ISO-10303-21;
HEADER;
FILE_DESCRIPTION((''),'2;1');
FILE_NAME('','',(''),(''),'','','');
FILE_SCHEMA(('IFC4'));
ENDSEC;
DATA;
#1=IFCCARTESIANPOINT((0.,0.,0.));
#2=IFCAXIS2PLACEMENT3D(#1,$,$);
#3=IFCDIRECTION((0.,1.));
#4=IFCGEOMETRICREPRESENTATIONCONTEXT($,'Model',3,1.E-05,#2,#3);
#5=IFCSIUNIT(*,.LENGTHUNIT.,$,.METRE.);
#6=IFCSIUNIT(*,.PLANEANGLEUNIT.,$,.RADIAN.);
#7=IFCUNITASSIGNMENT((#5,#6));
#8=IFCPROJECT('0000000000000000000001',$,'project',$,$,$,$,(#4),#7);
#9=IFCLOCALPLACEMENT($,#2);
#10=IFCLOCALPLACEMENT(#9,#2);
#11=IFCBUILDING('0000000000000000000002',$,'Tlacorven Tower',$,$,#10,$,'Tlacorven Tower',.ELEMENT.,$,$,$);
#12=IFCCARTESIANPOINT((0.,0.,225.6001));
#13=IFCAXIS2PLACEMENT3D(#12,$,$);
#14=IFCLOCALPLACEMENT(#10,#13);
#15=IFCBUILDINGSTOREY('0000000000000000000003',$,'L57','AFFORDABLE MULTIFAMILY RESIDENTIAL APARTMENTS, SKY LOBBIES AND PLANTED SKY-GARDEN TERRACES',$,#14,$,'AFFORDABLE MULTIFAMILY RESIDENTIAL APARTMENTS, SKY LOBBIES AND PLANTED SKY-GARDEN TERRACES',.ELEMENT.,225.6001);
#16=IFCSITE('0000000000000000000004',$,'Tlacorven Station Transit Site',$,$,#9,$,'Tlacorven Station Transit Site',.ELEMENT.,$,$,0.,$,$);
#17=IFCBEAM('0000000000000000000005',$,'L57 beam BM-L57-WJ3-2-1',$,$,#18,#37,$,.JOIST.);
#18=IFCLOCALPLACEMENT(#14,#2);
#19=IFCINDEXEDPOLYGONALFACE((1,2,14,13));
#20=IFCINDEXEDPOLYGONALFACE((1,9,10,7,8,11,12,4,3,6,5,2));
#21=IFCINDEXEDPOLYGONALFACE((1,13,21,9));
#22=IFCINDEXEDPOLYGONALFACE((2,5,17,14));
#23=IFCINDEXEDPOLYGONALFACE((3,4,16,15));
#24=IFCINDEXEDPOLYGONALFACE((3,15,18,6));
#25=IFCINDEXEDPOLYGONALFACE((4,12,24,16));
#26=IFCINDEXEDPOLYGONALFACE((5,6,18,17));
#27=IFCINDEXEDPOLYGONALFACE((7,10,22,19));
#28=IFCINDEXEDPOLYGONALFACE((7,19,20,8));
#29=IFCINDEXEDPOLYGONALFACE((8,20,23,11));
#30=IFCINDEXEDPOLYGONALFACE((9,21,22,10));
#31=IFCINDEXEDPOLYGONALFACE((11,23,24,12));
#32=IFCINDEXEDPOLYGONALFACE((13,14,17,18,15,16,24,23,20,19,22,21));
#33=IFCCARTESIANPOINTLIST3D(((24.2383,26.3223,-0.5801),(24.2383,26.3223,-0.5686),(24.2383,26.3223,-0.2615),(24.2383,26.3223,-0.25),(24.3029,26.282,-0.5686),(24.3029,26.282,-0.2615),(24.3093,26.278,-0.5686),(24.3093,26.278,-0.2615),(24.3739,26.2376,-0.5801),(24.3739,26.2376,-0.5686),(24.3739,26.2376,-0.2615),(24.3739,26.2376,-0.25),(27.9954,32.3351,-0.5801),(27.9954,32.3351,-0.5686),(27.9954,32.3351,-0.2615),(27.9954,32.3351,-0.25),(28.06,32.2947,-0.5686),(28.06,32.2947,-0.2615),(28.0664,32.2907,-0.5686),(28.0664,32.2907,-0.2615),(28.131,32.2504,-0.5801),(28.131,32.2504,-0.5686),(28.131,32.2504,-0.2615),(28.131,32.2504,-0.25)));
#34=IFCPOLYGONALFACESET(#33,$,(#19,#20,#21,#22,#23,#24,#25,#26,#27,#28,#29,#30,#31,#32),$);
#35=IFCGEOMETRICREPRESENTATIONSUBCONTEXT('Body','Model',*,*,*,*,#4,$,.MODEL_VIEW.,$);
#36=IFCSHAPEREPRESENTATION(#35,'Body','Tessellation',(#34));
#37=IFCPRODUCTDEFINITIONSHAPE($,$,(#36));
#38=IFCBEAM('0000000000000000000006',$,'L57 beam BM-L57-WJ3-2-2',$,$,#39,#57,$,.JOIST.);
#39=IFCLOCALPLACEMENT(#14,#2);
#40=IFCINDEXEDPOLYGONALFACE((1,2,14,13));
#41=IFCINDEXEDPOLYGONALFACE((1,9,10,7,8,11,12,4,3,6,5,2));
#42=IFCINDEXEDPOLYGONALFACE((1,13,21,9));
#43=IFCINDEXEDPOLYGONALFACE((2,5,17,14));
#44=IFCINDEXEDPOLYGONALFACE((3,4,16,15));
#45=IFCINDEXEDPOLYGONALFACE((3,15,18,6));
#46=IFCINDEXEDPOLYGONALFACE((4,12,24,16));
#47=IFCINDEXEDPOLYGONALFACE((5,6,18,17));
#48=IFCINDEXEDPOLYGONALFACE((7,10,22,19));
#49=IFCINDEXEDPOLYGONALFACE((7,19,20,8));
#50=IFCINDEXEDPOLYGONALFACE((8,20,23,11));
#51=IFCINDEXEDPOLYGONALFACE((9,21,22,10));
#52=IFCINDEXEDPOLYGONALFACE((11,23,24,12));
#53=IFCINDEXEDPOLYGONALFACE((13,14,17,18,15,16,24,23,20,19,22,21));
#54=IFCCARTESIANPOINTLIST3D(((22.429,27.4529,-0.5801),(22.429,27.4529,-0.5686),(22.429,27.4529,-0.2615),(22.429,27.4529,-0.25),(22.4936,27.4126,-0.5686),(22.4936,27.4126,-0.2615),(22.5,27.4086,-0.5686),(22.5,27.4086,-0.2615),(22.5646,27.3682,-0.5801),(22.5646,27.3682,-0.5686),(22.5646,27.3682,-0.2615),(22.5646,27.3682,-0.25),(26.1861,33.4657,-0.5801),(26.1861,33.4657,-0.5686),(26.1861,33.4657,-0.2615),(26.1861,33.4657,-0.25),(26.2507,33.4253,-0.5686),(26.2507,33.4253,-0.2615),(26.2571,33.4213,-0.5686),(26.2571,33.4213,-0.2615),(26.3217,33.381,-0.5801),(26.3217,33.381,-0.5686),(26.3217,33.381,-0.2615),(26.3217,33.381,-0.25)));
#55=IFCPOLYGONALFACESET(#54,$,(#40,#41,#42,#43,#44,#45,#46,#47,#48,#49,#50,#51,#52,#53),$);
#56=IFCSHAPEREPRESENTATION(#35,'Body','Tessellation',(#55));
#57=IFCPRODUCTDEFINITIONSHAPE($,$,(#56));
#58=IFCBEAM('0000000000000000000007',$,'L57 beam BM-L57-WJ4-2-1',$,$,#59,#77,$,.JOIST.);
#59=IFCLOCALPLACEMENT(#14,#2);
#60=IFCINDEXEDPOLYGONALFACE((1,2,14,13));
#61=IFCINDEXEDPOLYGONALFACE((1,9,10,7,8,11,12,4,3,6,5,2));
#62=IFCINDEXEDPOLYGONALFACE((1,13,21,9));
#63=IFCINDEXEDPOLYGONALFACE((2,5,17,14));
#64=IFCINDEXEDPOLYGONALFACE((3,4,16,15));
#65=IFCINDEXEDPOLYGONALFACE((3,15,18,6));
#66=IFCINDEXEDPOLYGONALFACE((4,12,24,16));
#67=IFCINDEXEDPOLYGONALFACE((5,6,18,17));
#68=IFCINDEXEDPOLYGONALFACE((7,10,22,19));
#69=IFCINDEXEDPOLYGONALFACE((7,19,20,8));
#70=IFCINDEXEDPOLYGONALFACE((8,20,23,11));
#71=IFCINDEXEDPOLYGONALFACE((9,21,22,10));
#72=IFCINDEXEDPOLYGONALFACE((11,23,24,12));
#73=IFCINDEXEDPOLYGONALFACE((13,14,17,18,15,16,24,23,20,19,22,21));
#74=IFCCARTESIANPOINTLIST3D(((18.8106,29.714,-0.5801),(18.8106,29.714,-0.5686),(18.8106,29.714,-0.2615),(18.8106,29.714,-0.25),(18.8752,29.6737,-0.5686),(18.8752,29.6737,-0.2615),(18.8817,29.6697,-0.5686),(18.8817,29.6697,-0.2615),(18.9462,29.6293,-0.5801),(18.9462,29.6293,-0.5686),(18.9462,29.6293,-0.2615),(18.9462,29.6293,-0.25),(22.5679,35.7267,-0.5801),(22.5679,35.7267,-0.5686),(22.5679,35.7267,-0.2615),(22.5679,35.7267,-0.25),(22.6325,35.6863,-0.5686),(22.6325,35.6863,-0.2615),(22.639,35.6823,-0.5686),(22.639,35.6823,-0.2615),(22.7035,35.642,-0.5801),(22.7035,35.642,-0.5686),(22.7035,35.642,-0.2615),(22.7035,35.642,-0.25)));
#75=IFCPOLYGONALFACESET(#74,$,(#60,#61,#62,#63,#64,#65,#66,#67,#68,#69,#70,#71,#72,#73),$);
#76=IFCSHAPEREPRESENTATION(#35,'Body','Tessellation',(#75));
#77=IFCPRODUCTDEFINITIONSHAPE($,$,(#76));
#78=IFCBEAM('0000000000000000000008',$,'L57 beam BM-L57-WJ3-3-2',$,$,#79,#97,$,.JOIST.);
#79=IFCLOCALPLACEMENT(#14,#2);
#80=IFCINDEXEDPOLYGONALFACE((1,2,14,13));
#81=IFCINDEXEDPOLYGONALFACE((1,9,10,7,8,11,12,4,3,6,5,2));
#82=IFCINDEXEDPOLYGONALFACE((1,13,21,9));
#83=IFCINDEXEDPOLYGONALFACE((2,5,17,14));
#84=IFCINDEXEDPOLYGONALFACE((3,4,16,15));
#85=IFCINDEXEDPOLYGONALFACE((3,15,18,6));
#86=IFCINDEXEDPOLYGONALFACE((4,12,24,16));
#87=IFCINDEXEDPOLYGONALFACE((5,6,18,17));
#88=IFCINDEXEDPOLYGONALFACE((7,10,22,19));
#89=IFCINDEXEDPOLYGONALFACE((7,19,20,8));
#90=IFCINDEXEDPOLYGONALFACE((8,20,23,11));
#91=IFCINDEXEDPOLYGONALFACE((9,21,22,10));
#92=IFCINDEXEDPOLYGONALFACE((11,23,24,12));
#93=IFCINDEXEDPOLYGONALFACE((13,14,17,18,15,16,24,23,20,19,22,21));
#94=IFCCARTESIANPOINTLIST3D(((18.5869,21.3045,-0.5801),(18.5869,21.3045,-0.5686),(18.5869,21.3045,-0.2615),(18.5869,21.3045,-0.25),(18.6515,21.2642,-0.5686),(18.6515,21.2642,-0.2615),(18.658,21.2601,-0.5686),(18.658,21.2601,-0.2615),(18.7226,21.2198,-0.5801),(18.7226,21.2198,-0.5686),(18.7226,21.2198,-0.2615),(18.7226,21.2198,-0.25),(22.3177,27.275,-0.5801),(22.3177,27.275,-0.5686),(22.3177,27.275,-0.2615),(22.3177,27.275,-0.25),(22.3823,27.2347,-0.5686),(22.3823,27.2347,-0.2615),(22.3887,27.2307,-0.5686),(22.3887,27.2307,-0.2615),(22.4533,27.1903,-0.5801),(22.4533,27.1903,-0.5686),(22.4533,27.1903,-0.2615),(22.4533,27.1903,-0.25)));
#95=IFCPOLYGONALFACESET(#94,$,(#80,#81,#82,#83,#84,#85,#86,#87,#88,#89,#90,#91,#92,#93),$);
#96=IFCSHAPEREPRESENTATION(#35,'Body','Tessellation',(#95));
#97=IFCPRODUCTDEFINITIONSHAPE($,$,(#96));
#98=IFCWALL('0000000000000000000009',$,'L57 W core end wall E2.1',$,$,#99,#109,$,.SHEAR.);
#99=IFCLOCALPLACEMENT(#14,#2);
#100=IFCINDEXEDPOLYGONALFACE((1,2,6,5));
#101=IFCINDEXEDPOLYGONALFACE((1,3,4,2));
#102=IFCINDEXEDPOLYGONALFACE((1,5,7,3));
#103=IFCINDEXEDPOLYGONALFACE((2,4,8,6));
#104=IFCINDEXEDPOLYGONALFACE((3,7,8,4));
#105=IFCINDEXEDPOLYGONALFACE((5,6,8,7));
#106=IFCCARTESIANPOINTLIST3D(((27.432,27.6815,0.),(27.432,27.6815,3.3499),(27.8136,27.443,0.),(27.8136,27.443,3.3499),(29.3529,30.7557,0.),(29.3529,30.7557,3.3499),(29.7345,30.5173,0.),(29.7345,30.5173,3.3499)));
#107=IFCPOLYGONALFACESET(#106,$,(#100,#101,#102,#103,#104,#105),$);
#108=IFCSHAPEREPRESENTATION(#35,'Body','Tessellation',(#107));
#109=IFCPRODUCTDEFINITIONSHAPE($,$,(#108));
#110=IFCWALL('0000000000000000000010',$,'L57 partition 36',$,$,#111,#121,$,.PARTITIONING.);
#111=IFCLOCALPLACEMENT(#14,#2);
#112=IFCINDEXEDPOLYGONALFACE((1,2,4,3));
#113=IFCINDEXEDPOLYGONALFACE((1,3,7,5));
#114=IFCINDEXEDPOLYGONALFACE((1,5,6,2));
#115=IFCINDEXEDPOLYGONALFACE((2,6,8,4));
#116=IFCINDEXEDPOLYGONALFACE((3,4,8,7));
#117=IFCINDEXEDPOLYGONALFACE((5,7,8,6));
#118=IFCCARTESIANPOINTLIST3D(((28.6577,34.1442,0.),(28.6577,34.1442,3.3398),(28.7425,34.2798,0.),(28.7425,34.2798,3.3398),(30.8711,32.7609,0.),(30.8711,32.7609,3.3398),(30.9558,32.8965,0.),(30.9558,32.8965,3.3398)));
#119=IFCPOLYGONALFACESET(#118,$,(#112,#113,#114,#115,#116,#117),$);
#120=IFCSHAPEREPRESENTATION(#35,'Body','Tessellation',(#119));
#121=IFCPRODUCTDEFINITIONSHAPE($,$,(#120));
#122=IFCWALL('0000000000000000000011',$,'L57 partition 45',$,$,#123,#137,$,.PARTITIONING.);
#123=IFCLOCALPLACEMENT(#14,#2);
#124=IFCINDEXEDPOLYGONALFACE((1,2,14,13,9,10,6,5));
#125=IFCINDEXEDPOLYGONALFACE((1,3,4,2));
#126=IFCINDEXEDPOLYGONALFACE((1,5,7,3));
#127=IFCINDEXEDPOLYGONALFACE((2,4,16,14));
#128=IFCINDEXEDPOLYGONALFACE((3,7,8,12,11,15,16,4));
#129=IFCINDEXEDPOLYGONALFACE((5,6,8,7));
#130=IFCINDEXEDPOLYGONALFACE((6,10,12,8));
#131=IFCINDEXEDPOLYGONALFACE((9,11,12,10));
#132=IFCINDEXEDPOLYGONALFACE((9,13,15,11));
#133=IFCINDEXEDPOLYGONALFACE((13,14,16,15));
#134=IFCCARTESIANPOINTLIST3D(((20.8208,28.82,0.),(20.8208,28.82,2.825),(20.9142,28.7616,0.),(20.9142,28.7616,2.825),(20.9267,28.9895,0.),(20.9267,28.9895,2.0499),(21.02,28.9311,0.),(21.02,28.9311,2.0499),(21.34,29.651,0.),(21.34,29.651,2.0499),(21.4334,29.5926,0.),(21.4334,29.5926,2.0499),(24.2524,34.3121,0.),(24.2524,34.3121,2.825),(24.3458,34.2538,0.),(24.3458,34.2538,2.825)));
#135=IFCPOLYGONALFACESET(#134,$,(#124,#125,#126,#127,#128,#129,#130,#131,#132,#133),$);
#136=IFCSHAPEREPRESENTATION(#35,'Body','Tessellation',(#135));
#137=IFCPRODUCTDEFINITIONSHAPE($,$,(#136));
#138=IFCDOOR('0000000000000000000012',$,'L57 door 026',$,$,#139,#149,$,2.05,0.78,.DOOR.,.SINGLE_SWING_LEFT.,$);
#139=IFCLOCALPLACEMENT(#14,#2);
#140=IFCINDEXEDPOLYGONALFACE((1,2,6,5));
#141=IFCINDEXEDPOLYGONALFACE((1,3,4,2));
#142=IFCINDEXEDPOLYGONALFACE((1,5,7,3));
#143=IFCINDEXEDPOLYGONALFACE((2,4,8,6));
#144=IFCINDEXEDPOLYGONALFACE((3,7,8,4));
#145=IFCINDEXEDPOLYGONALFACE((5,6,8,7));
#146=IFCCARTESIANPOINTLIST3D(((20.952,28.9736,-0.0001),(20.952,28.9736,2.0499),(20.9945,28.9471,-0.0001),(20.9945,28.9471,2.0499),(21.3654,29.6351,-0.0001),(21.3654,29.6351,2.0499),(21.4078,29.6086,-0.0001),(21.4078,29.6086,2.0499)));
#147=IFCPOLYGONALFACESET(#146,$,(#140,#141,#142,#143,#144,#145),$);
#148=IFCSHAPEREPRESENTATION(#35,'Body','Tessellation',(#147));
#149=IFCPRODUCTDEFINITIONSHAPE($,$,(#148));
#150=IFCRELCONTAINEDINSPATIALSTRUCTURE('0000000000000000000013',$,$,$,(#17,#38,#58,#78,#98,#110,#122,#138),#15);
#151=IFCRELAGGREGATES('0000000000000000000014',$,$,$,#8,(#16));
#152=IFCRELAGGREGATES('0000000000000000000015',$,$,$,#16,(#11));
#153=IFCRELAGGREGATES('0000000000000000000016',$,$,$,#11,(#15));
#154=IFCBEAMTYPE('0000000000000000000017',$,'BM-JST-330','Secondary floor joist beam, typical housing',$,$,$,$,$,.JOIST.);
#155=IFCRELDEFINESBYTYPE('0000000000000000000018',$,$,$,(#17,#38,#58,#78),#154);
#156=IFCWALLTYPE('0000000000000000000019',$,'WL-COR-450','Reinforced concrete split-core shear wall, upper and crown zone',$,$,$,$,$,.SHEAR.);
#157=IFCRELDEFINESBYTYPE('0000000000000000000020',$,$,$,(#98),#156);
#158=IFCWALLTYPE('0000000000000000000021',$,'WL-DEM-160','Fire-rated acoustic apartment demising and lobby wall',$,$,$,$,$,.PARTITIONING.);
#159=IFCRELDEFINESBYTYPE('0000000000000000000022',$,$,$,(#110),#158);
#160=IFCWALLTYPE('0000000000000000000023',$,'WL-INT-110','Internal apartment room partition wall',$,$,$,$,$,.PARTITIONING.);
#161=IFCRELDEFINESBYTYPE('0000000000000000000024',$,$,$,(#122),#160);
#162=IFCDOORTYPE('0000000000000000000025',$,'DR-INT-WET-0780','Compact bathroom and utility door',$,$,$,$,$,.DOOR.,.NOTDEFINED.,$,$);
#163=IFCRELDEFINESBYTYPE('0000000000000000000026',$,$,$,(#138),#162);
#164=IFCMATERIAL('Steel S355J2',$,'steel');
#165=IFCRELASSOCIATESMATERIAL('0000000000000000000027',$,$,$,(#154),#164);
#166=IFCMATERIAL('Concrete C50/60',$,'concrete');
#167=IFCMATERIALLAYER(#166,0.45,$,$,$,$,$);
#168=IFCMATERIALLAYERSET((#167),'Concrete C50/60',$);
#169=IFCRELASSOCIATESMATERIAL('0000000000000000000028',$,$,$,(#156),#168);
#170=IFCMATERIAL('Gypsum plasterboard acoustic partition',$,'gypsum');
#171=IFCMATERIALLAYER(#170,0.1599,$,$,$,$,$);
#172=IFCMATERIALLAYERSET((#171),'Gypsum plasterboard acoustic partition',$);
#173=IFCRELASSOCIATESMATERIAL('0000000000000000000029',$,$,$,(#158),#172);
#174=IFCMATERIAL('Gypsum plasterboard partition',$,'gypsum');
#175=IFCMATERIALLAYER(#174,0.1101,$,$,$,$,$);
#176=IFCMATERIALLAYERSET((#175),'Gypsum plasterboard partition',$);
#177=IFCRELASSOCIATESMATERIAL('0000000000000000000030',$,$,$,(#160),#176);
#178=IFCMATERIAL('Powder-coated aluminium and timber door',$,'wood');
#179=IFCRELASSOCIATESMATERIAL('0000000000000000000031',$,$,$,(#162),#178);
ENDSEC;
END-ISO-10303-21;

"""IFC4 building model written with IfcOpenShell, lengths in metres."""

from ifc_helpers import new_model, si_unit, direction, frame, frame_2d, origin, origin_2d, place, context, subcontext, project, spatial, rectangle, i_section, extrude, source, transform, mapped, material, layer, layer_set, material_profile, profile_set, type_object, element, fill, save


model = new_model("IFC4")

# Units and contexts
model_context = context("Model", 3, precision=1e-05, world=origin(), true_north=direction((0.0, 1.0)))
body_context = subcontext(model_context, "Body", "Model", "MODEL_VIEW")
ifc_project = project(units=[si_unit("LENGTHUNIT", "METRE"), si_unit("PLANEANGLEUNIT", "RADIAN")], contexts=[model_context])

# Site, building, storey
site_placement = place(None, origin())
site = spatial("IfcSite", under=ifc_project, at=site_placement, Name="Tlacorven Station Transit Site", LongName="Tlacorven Station Transit Site", CompositionType="ELEMENT", RefElevation=0.0)
building_placement = place(site_placement, origin())
building = spatial("IfcBuilding", under=site, at=building_placement, Name="Tlacorven Tower", LongName="Tlacorven Tower", CompositionType="ELEMENT")
storey_placement = place(building_placement, frame((0.0, 0.0, 225.6001)))
storey = spatial("IfcBuildingStorey", under=building, at=storey_placement, Name="L57", Description="AFFORDABLE MULTIFAMILY RESIDENTIAL APARTMENTS, SKY LOBBIES AND PLANTED SKY-GARDEN TERRACES", LongName="AFFORDABLE MULTIFAMILY RESIDENTIAL APARTMENTS, SKY LOBBIES AND PLANTED SKY-GARDEN TERRACES", CompositionType="ELEMENT", Elevation=225.6001)

# Beams
ifc_material_1 = material(Name="Steel S355J2", Category="steel")
ifc_material_profile_1 = material_profile(ifc_material_1, i_section(OverallWidth=0.1599, OverallDepth=0.3301, WebThickness=0.0076, FlangeThickness=0.0115, at=origin_2d()), Name="IPE 330")
ifc_profile_set_1 = profile_set([ifc_material_profile_1], Name="Steel S355J2")
beam_type_1 = type_object("IfcBeamType", Name="BM-JST-330", Description="Secondary floor joist beam, typical housing", PredefinedType="JOIST", material=ifc_profile_set_1)
shared_shape_1 = source(origin(), body_context, "Body", "SweptSolid", [
    extrude(i_section(OverallWidth=0.1599, OverallDepth=0.3301, WebThickness=0.0076, FlangeThickness=0.0115, at=origin_2d()), origin(), (0.0, 0.0, 1.0), 7.0901),
])
for number, where, z_axis, x_axis, name in (
    (1, (28.0632, 32.2927, -0.415), (-0.529912, -0.848052, 0.0), (0.848052, -0.529912, 0.0), "L57 beam BM-L57-WJ3-2-1"),
    (2, (26.2539, 33.4233, -0.415), (-0.529912, -0.848052, 0.0), (0.848052, -0.529912, 0.0), "L57 beam BM-L57-WJ3-2-2"),
    (3, (22.6357, 35.6843, -0.415), (-0.529937, -0.848037, 0.0), (0.848037, -0.529937, 0.0), "L57 beam BM-L57-WJ4-2-1"),
):
    element("IfcBeam", number, at=place(storey_placement, frame(where, z_axis=z_axis, x_axis=x_axis)), inside=storey, type_object=beam_type_1, Name=name, PredefinedType="JOIST", context=body_context, shape_type="MappedRepresentation", body=[
        mapped(shared_shape_1, transform((0.0, 0.0, 0.0), scale=1.0)),
    ])
shared_shape_2 = source(origin(), body_context, "Body", "SweptSolid", [
    extrude(i_section(OverallWidth=0.1599, OverallDepth=0.3301, WebThickness=0.0076, FlangeThickness=0.0115, at=origin_2d()), origin(), (0.0, 0.0, 1.0), 7.0403),
])
beam_1_placement = place(storey_placement, frame((22.3855, 27.2327, -0.415), z_axis=(-0.529915, -0.848051, 0.0), x_axis=(0.848051, -0.529915, 0.0)))
element("IfcBeam", 4, at=beam_1_placement, inside=storey, type_object=beam_type_1, Name="L57 beam BM-L57-WJ3-3-2", PredefinedType="JOIST", context=body_context, shape_type="MappedRepresentation", body=[
    mapped(shared_shape_2, transform((0.0, 0.0, 0.0), scale=1.0)),
])

# Walls
ifc_material_2 = material(Name="Concrete C50/60", Category="concrete")
ifc_layer_1 = layer(ifc_material_2, 0.45)
ifc_layer_set_1 = layer_set([ifc_layer_1], Name="Concrete C50/60")
wall_type_1 = type_object("IfcWallType", Name="WL-COR-450", Description="Reinforced concrete split-core shear wall, upper and crown zone", PredefinedType="SHEAR", material=ifc_layer_set_1)
wall_1_placement = place(storey_placement, frame((29.5437, 30.6365, 0.0), z_axis=(0.0, 0.0, 1.0), x_axis=(-0.529902, -0.848059, 0.0)))
element("IfcWall", 5, at=wall_1_placement, inside=storey, type_object=wall_type_1, Name="L57 W core end wall E2.1", PredefinedType="SHEAR", context=body_context, shape_type="SweptSolid", body=[
    extrude(rectangle(XDim=3.625, YDim=0.45, at=frame_2d((1.8125, 0.0))), origin(), (0.0, 0.0, 1.0), 3.3499),
])
ifc_material_3 = material(Name="Gypsum plasterboard acoustic partition", Category="gypsum")
ifc_layer_2 = layer(ifc_material_3, 0.1599)
ifc_layer_set_2 = layer_set([ifc_layer_2], Name="Gypsum plasterboard acoustic partition")
wall_type_2 = type_object("IfcWallType", Name="WL-DEM-160", Description="Fire-rated acoustic apartment demising and lobby wall", PredefinedType="PARTITIONING", material=ifc_layer_set_2)
wall_2_placement = place(storey_placement, frame((30.9136, 32.8286, 0.0), z_axis=(0.0, 0.0, 1.0), x_axis=(-0.848009, 0.529982, 0.0)))
element("IfcWall", 6, at=wall_2_placement, inside=storey, type_object=wall_type_2, Name="L57 partition 36", PredefinedType="PARTITIONING", context=body_context, shape_type="SweptSolid", body=[
    extrude(rectangle(XDim=2.6101, YDim=0.1599, at=frame_2d((1.3052, 0.0))), origin(), (0.0, 0.0, 1.0), 3.3398),
])

# Wall, opening, door
ifc_material_4 = material(Name="Gypsum plasterboard partition", Category="gypsum")
ifc_layer_3 = layer(ifc_material_4, 0.1101)
ifc_layer_set_3 = layer_set([ifc_layer_3], Name="Gypsum plasterboard partition")
wall_type_3 = type_object("IfcWallType", Name="WL-INT-110", Description="Internal apartment room partition wall", PredefinedType="PARTITIONING", material=ifc_layer_set_3)
wall_3_placement = place(storey_placement, frame((24.2991, 34.283, 0.0), z_axis=(0.0, 0.0, 1.0), x_axis=(-0.52989, -0.848066, 0.0)))
wall_3 = element("IfcWall", 7, at=wall_3_placement, inside=storey, type_object=wall_type_3, Name="L57 partition 45", PredefinedType="PARTITIONING", context=body_context, shape_type="SweptSolid", body=[
    extrude(rectangle(XDim=6.4761, YDim=0.1101, at=frame_2d((3.238, 0.0))), origin(), (0.0, 0.0, 1.0), 2.825),
])
opening_1_placement = place(wall_3_placement, frame((5.4961, 0.0, 0.0)))
opening_1 = element("IfcOpeningElement", 8, at=opening_1_placement, cuts=wall_3, PredefinedType="OPENING", context=body_context, shape_type="SweptSolid", body=[
    extrude(rectangle(XDim=0.78, YDim=2.05, at=frame_2d((0.3901, 1.0249))), frame((0.0, 0.0649, 0.0), z_axis=(0.0, -1.0, 0.0), x_axis=(1.0, 0.0, 0.0)), (0.0, 0.0, 1.0), 0.1301),
])
ifc_material_5 = material(Name="Powder-coated aluminium and timber door", Category="wood")
door_type_1 = type_object("IfcDoorType", Name="DR-INT-WET-0780", Description="Compact bathroom and utility door", OperationType="NOTDEFINED", PredefinedType="DOOR", material=ifc_material_5)
shared_shape_3 = source(origin(), body_context, "Body", "SweptSolid", [
    extrude(rectangle(XDim=0.78, YDim=2.05, at=frame_2d((0.3901, 1.0249))), frame((0.0, 0.0249, 0.0), z_axis=(0.0, -1.0, 0.0), x_axis=(1.0, 0.0, 0.0)), (0.0, 0.0, 1.0), 0.05),
])
door_1_placement = place(opening_1_placement, origin())
door_1 = element("IfcDoor", 9, at=door_1_placement, inside=storey, type_object=door_type_1, Name="L57 door 026", OperationType="SINGLE_SWING_LEFT", OverallHeight=2.05, OverallWidth=0.78, PredefinedType="DOOR", context=body_context, shape_type="MappedRepresentation", body=[
    mapped(shared_shape_3, transform((0.0, 0.0, 0.0), scale=1.0)),
])
fill(opening_1, door_1)

save(model, "model.ifc")
